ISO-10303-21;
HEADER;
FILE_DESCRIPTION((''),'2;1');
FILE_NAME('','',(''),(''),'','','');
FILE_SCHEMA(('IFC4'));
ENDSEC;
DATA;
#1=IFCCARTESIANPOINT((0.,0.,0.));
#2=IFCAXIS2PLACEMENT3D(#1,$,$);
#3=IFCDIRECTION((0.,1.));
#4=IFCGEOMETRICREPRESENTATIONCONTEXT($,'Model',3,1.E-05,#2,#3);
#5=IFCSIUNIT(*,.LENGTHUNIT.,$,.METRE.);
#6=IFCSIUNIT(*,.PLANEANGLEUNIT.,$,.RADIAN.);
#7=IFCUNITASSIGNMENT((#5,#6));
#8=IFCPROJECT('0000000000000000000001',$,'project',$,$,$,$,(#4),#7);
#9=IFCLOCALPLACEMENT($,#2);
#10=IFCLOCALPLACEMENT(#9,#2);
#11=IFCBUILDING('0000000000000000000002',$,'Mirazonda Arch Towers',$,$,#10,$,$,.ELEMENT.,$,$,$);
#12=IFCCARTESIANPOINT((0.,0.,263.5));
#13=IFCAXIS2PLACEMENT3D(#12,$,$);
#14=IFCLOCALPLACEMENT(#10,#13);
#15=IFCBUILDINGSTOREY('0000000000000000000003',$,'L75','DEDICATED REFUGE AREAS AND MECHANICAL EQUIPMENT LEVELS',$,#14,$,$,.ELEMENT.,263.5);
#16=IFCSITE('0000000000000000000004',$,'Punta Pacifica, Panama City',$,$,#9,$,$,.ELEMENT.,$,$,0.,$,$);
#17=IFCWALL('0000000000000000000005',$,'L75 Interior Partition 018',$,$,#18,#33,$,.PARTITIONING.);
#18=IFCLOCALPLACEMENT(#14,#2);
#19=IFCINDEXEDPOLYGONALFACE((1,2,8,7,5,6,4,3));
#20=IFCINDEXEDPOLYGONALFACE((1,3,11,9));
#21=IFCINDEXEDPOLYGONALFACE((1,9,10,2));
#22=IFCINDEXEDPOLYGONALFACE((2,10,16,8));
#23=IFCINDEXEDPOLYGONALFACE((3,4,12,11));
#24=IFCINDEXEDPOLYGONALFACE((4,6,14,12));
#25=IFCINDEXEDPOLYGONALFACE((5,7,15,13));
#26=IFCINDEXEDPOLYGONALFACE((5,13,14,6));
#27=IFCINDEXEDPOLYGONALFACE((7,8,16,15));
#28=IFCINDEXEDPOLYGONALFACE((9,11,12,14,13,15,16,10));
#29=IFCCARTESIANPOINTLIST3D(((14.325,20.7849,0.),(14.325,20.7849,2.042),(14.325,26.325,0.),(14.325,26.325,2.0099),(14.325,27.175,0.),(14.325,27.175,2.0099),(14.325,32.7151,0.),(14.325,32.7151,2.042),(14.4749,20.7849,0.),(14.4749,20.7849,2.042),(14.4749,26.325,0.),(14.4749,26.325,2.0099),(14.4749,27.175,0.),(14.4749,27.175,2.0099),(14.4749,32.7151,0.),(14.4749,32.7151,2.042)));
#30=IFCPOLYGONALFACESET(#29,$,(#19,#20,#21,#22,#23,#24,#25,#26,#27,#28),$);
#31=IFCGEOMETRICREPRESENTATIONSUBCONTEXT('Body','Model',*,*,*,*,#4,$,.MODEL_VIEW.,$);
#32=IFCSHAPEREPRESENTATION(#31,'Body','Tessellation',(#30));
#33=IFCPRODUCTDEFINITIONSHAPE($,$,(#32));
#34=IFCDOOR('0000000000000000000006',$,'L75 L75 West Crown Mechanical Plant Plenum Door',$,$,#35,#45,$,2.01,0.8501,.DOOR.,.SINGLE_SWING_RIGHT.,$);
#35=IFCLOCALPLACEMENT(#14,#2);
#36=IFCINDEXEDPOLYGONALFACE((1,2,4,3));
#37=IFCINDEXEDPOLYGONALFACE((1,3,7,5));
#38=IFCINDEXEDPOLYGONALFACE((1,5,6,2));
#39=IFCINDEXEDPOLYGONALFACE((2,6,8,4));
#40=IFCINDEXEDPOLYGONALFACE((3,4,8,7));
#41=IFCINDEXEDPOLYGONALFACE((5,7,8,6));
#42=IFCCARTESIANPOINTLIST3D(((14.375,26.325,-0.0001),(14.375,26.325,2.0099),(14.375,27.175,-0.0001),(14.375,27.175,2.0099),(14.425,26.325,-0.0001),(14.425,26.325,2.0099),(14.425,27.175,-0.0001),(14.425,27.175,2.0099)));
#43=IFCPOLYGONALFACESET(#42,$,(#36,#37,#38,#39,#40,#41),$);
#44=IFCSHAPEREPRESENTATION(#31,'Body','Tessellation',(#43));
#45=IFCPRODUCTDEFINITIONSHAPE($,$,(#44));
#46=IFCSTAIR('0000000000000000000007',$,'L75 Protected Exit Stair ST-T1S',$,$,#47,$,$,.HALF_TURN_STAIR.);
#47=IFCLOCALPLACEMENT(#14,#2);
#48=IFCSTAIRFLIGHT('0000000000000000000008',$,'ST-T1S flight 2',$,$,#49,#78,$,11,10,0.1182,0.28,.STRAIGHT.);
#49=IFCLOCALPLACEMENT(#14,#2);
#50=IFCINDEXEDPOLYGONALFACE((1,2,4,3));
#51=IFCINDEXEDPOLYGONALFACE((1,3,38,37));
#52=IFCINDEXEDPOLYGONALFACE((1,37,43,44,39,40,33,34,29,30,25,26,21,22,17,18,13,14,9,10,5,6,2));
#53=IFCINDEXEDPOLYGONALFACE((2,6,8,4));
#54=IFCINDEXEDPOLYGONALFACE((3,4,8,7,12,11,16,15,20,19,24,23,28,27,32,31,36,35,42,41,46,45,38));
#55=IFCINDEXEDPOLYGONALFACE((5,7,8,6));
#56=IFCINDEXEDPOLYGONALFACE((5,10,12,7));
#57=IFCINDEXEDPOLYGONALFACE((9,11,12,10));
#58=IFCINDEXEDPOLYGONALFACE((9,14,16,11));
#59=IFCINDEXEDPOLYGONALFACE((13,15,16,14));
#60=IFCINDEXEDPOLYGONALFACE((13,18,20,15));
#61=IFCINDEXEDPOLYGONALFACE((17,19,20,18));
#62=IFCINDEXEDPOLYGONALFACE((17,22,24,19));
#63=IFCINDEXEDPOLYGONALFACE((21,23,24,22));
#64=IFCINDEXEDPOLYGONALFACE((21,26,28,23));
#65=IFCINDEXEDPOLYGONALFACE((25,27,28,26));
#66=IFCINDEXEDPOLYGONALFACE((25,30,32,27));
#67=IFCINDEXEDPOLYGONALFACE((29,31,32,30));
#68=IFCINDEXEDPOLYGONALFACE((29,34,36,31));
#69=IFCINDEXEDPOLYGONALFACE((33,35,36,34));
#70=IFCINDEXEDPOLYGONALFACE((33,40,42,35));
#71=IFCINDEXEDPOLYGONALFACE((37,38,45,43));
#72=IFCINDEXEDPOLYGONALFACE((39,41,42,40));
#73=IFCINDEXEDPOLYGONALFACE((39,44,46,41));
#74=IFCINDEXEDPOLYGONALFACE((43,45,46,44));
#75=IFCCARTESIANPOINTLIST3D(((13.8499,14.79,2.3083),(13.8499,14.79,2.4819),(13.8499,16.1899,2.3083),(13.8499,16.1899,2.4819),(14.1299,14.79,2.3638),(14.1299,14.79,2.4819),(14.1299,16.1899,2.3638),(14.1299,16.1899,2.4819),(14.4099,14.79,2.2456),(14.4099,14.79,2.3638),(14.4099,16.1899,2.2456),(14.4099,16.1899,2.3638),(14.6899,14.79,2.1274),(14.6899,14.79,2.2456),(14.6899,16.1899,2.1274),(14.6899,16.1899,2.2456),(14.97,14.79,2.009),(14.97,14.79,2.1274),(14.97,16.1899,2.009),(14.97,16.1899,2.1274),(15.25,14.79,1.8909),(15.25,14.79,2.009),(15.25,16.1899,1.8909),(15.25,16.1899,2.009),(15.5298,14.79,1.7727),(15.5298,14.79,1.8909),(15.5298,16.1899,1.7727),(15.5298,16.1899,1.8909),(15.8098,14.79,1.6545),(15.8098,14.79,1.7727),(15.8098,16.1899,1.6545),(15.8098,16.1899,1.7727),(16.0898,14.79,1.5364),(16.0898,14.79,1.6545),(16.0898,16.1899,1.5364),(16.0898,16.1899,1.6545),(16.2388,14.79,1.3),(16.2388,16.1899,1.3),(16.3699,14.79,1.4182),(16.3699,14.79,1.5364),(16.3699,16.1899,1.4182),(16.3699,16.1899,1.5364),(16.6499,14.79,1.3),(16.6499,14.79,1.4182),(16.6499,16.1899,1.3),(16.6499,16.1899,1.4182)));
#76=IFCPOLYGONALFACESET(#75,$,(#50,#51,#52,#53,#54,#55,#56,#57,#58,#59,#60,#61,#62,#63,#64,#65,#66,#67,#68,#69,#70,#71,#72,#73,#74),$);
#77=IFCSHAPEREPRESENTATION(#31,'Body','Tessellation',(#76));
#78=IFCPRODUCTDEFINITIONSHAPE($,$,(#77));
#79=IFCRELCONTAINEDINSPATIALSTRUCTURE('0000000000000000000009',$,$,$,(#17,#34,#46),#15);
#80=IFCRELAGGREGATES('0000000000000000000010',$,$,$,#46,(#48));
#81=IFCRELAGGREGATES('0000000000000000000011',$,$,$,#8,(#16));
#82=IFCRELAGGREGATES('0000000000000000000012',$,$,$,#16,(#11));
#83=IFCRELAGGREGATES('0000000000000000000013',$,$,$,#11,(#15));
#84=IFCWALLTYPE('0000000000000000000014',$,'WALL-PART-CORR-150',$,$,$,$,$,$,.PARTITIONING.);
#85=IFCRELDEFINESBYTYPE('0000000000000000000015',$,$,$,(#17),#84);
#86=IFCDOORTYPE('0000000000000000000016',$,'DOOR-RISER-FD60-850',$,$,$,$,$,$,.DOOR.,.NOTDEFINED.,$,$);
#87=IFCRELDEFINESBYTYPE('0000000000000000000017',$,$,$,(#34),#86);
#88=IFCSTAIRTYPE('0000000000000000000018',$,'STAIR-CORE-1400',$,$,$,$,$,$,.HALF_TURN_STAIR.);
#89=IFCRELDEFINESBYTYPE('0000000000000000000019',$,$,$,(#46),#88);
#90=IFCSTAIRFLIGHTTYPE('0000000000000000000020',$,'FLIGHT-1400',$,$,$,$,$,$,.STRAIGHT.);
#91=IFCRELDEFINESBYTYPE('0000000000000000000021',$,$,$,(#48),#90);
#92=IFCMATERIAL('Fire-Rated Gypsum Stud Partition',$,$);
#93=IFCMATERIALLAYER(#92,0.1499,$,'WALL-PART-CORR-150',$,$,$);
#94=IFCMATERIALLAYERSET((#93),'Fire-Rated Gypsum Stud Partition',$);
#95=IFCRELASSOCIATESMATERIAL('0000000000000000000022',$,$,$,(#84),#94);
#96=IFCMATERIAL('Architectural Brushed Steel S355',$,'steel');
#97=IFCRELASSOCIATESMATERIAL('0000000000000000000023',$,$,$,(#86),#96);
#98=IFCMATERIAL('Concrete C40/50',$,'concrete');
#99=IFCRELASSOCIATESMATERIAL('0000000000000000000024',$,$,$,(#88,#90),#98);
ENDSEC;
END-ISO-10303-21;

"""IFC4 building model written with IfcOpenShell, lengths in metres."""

from ifc_helpers import new_model, si_unit, direction, frame, frame_2d, origin, place, context, subcontext, project, spatial, polyline, rectangle, outline, extrude, material, layer, layer_set, type_object, element, fill, aggregate, save


model = new_model("IFC4")

# Units and contexts
model_context = context("Model", 3, precision=1e-05, world=origin(), true_north=direction((0.0, 1.0)))
body_context = subcontext(model_context, "Body", "Model", "MODEL_VIEW")
ifc_project = project(units=[si_unit("LENGTHUNIT", "METRE"), si_unit("PLANEANGLEUNIT", "RADIAN")], contexts=[model_context])

# Site, building, storey
site_placement = place(None, origin())
site = spatial("IfcSite", under=ifc_project, at=site_placement, Name="Punta Pacifica, Panama City", CompositionType="ELEMENT", RefElevation=0.0)
building_placement = place(site_placement, origin())
building = spatial("IfcBuilding", under=site, at=building_placement, Name="Mirazonda Arch Towers", CompositionType="ELEMENT")
storey_placement = place(building_placement, frame((0.0, 0.0, 263.5)))
storey = spatial("IfcBuildingStorey", under=building, at=storey_placement, Name="L75", Description="DEDICATED REFUGE AREAS AND MECHANICAL EQUIPMENT LEVELS", CompositionType="ELEMENT", Elevation=263.5)

# Shared definitions
ifc_material_1 = material(Name="Architectural Brushed Steel S355", Category="steel")

# Shared definitions
ifc_material_2 = material(Name="Fire-Rated Gypsum Stud Partition")
ifc_layer_1 = layer(ifc_material_2, 0.1499, Name="WALL-PART-CORR-150")
ifc_layer_set_1 = layer_set([ifc_layer_1], Name="Fire-Rated Gypsum Stud Partition")
wall_type_1 = type_object("IfcWallType", Name="WALL-PART-CORR-150", PredefinedType="PARTITIONING", material=ifc_layer_set_1)

# Wall, opening, door
wall_1_placement = place(storey_placement, frame((14.3999, 20.7849, 0.0), z_axis=(0.0, 0.0, 1.0), x_axis=(0.0, 1.0, 0.0)))
wall_1 = element("IfcWall", 1, at=wall_1_placement, inside=storey, type_object=wall_type_1, Name="L75 Interior Partition 018", PredefinedType="PARTITIONING", context=body_context, shape_type="SweptSolid", body=[
    extrude(rectangle(XDim=11.9302, YDim=0.1499, at=frame_2d((5.9651, 0.0))), origin(), (0.0, 0.0, 1.0), 2.042),
])
opening_1_placement = place(wall_1_placement, frame((5.54, 0.0, 0.0)))
opening_1 = element("IfcOpeningElement", 2, at=opening_1_placement, cuts=wall_1, PredefinedType="OPENING", context=body_context, shape_type="SweptSolid", body=[
    extrude(rectangle(XDim=0.8501, YDim=2.01, at=frame_2d((0.425, 1.0049))), frame((0.0, 0.085, 0.0), z_axis=(0.0, -1.0, 0.0), x_axis=(1.0, 0.0, 0.0)), (0.0, 0.0, 1.0), 0.1699),
])
door_type_1 = type_object("IfcDoorType", Name="DOOR-RISER-FD60-850", OperationType="NOTDEFINED", PredefinedType="DOOR", material=ifc_material_1)
door_1_placement = place(opening_1_placement, origin())
door_1 = element("IfcDoor", 3, at=door_1_placement, inside=storey, type_object=door_type_1, Name="L75 L75 West Crown Mechanical Plant Plenum Door", OperationType="SINGLE_SWING_RIGHT", OverallHeight=2.01, OverallWidth=0.8501, PredefinedType="DOOR", context=body_context, shape_type="SweptSolid", body=[
    extrude(rectangle(XDim=0.8501, YDim=2.01, at=frame_2d((0.425, 1.0049))), frame((0.0, 0.0249, 0.0), z_axis=(0.0, -1.0, 0.0), x_axis=(1.0, 0.0, 0.0)), (0.0, 0.0, 1.0), 0.05),
])
fill(opening_1, door_1)

# Stair, stair flight
ifc_material_3 = material(Name="Concrete C40/50", Category="concrete")
stair_type = type_object("IfcStairType", Name="STAIR-CORE-1400", PredefinedType="HALF_TURN_STAIR", material=ifc_material_3)
stair_placement = place(storey_placement, origin())
stair = element("IfcStair", 4, at=stair_placement, inside=storey, type_object=stair_type, Name="L75 Protected Exit Stair ST-T1S", PredefinedType="HALF_TURN_STAIR")
stair_flight_type = type_object("IfcStairFlightType", Name="FLIGHT-1400", PredefinedType="STRAIGHT", material=ifc_material_3)
stair_flight_placement = place(storey_placement, frame((16.6499, 15.49, 1.3), z_axis=(0.0, 0.0, 1.0), x_axis=(-1.0, 0.0, 0.0)))
stair_flight = element("IfcStairFlight", 5, at=stair_flight_placement, type_object=stair_flight_type, Name="ST-T1S flight 2", NumberOfRisers=11, NumberOfTreads=10, PredefinedType="STRAIGHT", RiserHeight=0.1182, TreadLength=0.28, context=body_context, shape_type="SweptSolid", body=[
    extrude(outline(polyline([(0.0, 0.0), (0.0, 0.1182), (0.28, 0.1182), (0.28, 0.2363), (0.5601, 0.2363), (0.5601, 0.3545), (0.8401, 0.3545), (0.8401, 0.4727), (1.1201, 0.4727), (1.1201, 0.5908), (1.3999, 0.5908), (1.3999, 0.709), (1.6799, 0.709), (1.6799, 0.8274), (1.96, 0.8274), (1.96, 0.9456), (2.24, 0.9456), (2.24, 1.0637), (2.52, 1.0637), (2.52, 1.1819), (2.8, 1.1819), (2.8, 1.3), (2.8, 1.0083), (0.4111, 0.0), (0.0, 0.0)])), frame((0.0, 0.7, 0.0), z_axis=(0.0, -1.0, 0.0), x_axis=(1.0, 0.0, 0.0)), (0.0, 0.0, 1.0), 1.3999),
])
aggregate(stair, [stair_flight])

save(model, "model.ifc")
